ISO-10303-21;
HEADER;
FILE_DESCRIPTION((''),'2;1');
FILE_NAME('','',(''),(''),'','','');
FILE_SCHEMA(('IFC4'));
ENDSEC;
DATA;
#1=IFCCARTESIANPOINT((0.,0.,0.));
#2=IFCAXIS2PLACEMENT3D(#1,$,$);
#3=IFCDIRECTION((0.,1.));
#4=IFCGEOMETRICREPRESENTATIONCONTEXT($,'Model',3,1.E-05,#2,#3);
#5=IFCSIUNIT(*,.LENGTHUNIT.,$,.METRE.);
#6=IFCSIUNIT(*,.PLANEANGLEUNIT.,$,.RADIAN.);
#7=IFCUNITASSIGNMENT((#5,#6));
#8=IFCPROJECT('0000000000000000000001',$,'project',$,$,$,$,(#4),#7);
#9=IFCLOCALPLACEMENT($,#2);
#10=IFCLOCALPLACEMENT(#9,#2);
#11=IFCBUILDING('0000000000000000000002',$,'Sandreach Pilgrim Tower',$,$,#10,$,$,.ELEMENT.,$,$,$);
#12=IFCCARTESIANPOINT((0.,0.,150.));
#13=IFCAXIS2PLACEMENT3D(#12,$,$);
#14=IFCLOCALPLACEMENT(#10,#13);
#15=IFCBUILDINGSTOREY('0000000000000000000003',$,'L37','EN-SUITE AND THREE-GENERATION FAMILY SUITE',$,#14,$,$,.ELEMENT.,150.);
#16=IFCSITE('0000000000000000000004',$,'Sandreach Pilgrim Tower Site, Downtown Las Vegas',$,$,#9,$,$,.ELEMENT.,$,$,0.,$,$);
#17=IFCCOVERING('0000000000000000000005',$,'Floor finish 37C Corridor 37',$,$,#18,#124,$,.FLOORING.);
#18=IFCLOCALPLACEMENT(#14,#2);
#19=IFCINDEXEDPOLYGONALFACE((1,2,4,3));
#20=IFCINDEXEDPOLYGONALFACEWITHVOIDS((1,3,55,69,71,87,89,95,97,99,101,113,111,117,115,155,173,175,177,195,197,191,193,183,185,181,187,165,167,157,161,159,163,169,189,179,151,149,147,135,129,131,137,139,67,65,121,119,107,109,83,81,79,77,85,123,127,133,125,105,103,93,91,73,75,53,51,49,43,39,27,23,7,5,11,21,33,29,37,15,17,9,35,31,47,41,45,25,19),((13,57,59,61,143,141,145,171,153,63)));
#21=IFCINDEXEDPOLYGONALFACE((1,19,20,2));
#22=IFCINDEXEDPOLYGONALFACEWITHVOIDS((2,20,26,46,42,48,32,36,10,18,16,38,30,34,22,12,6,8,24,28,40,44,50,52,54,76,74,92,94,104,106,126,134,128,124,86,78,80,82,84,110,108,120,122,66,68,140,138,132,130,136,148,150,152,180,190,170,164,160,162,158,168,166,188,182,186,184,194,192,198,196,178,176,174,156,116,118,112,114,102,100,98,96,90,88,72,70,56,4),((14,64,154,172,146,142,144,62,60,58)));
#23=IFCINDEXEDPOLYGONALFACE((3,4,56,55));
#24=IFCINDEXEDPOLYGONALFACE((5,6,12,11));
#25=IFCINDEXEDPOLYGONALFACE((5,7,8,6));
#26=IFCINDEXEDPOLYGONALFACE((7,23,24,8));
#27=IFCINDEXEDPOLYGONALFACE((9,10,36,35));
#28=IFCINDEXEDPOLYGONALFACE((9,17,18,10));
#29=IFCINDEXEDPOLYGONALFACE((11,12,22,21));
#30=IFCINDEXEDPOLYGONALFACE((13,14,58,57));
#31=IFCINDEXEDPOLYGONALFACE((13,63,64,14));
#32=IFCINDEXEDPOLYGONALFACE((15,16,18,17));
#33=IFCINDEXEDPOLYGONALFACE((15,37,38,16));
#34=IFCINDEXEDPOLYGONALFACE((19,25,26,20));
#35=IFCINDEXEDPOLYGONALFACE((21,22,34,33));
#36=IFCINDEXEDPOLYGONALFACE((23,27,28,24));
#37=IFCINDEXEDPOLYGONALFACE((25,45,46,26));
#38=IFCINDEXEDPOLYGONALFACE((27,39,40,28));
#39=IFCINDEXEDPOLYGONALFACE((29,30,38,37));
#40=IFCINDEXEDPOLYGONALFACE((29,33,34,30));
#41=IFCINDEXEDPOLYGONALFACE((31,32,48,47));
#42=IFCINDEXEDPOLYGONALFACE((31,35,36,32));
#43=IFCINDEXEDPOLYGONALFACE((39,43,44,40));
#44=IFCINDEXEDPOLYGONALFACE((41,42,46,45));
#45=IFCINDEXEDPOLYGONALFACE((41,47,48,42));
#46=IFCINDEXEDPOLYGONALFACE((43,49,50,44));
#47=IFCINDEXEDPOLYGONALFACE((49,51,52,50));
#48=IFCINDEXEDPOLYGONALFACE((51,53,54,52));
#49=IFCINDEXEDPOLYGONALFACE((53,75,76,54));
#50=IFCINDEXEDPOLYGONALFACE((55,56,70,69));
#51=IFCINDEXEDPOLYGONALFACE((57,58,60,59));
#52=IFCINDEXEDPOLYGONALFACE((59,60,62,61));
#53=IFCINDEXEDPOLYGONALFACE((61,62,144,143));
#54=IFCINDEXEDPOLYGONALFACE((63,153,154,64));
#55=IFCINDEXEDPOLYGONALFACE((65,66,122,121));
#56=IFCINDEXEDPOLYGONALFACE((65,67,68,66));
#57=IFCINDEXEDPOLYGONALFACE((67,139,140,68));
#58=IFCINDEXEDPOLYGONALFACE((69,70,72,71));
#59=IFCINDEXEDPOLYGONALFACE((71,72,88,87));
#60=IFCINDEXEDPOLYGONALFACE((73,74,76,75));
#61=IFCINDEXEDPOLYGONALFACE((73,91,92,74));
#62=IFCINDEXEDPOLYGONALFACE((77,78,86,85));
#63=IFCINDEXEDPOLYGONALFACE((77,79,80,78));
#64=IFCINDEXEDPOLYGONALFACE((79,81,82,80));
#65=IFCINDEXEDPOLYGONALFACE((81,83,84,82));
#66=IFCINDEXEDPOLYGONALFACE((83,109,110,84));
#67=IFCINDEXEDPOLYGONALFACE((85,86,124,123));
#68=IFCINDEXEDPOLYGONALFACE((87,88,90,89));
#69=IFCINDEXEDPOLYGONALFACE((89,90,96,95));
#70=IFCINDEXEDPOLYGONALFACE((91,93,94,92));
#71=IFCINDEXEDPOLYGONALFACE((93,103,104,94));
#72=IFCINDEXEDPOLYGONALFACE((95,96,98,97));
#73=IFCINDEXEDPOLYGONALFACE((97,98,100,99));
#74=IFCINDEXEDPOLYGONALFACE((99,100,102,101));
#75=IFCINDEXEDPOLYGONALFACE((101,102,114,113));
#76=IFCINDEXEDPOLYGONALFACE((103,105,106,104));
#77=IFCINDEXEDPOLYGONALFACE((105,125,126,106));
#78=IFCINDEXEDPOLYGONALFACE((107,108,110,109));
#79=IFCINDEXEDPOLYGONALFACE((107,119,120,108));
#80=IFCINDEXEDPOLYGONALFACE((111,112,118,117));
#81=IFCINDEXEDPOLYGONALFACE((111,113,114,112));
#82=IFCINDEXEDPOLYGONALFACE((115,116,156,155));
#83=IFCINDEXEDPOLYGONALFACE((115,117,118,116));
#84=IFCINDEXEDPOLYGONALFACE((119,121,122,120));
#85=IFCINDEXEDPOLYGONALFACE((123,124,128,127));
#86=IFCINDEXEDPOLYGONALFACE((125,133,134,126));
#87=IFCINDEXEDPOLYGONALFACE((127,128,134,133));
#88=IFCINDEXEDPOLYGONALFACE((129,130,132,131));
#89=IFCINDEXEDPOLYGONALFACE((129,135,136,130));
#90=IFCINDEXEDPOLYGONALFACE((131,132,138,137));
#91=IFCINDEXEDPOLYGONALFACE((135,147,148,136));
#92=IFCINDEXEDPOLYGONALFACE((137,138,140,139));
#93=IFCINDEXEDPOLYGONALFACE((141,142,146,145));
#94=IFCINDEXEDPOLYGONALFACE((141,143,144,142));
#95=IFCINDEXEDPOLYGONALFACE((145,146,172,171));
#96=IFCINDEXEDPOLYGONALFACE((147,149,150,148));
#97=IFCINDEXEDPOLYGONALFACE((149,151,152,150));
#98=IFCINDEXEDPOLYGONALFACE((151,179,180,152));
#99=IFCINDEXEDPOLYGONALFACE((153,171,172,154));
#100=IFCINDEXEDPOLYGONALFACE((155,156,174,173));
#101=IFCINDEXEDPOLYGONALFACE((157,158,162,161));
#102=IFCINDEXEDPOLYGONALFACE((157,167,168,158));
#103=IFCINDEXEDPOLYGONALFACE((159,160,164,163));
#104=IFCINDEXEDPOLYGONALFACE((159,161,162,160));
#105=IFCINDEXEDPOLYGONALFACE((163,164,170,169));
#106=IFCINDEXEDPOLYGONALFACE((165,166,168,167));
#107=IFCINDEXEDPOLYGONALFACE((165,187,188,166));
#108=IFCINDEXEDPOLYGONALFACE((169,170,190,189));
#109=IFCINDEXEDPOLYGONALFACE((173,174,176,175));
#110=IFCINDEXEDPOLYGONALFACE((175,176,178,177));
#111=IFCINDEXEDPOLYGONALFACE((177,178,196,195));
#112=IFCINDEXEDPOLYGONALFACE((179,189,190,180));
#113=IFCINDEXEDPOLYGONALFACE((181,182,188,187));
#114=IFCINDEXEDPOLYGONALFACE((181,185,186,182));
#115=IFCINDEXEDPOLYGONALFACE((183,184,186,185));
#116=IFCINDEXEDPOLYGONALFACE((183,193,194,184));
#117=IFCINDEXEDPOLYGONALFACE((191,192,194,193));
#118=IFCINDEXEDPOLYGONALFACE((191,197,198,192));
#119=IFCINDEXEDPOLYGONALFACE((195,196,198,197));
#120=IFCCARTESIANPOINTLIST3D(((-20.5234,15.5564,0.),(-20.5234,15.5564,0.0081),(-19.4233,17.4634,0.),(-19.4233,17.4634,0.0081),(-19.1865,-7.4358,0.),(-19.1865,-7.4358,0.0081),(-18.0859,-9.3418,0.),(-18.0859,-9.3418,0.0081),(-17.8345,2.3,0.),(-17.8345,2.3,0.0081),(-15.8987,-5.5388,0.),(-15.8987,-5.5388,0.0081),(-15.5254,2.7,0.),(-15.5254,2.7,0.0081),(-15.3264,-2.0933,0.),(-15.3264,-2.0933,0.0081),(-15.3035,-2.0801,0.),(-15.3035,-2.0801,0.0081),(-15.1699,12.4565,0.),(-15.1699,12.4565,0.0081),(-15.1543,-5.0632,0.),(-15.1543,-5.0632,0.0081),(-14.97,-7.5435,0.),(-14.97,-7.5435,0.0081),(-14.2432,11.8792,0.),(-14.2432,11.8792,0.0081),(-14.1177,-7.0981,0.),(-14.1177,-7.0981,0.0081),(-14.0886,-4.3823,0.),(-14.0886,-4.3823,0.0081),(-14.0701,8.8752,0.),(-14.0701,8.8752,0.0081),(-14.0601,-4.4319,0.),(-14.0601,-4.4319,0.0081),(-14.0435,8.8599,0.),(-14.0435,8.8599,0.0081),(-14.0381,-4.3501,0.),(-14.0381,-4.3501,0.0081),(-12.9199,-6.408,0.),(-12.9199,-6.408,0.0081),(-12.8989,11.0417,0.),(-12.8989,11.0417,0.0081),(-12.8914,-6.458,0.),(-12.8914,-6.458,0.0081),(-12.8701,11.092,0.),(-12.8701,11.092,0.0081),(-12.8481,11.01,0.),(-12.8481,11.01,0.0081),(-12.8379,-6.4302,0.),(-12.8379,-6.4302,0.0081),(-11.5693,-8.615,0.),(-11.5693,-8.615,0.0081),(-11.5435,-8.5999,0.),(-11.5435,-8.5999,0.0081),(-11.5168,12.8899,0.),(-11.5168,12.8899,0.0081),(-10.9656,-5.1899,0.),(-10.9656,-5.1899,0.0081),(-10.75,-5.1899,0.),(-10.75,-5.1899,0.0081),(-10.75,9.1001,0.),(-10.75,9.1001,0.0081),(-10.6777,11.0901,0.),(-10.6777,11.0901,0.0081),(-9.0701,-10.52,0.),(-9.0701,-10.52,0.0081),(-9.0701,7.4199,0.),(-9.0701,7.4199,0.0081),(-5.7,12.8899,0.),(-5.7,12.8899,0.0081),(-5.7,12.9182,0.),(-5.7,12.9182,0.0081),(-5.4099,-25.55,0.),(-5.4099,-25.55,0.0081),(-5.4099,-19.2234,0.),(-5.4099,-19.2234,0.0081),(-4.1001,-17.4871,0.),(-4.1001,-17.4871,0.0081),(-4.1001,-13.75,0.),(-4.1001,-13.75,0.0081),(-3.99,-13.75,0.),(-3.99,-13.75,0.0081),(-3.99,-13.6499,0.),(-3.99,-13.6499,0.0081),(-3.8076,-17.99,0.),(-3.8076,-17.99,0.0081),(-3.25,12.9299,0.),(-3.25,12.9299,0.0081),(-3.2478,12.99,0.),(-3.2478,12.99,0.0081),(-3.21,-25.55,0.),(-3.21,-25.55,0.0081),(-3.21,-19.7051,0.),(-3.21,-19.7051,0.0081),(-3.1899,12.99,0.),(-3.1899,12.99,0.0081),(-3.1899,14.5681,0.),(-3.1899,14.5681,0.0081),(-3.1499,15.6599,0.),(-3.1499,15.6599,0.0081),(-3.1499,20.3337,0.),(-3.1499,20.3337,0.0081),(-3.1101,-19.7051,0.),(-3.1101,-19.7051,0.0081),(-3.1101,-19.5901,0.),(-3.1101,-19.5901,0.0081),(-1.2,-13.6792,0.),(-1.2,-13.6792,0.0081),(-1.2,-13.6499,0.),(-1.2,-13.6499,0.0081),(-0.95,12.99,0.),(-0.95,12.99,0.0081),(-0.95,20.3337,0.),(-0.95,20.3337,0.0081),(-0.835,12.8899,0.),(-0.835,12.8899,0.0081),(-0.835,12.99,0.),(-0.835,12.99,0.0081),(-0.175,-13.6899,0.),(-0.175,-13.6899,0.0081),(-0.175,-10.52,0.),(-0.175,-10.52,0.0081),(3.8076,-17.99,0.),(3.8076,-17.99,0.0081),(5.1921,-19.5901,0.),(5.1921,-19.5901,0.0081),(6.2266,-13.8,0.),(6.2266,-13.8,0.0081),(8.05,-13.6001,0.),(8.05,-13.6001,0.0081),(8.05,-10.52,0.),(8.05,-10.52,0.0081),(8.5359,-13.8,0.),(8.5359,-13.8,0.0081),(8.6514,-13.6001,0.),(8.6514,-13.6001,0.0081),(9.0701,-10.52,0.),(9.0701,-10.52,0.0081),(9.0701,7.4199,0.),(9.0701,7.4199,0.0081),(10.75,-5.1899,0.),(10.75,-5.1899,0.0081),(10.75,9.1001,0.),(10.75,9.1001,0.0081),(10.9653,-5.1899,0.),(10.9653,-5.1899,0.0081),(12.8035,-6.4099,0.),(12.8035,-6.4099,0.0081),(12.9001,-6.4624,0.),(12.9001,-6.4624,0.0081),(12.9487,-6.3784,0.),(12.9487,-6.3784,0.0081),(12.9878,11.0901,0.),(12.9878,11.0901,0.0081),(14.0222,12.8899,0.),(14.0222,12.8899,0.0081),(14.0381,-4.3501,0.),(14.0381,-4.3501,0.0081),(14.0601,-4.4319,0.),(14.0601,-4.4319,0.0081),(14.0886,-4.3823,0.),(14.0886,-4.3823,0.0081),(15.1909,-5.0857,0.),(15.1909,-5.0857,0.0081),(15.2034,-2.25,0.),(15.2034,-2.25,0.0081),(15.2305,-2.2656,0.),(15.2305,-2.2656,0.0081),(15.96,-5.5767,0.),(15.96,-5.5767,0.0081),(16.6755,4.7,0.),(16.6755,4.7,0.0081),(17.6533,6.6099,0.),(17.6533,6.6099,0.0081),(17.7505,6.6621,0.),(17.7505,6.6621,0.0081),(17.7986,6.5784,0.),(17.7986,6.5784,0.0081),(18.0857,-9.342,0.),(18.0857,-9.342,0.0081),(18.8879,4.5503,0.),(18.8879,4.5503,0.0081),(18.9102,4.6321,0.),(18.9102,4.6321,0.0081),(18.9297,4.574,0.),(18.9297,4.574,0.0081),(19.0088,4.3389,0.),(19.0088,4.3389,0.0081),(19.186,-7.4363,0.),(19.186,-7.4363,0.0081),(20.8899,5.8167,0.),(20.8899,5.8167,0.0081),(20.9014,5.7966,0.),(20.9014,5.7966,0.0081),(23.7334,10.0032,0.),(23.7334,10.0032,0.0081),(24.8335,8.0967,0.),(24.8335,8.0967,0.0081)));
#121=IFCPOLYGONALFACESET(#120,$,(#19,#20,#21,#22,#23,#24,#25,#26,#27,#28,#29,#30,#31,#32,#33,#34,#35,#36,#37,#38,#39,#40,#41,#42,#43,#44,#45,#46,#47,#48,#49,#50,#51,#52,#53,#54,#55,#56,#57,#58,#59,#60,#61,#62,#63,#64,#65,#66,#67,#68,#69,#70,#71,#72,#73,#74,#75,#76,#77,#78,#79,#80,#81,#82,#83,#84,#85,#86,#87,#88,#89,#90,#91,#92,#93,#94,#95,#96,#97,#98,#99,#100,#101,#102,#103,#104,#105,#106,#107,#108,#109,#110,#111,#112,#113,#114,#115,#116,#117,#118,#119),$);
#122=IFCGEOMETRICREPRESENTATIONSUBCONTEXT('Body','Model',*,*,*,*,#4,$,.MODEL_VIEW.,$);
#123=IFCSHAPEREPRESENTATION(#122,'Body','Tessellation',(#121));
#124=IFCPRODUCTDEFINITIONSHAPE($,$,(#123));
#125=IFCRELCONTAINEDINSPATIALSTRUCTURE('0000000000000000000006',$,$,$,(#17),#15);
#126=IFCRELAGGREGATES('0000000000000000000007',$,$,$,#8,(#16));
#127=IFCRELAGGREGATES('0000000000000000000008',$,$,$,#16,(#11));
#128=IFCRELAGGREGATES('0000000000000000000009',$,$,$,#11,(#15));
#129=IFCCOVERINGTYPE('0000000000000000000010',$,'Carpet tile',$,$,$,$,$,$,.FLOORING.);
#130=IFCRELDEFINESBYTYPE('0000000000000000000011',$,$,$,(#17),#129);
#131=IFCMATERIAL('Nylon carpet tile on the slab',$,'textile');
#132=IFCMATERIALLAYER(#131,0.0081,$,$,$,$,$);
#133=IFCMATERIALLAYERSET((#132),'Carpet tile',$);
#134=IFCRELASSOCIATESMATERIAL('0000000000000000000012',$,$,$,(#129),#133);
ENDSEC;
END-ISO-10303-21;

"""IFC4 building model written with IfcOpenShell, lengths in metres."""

from ifc_helpers import new_model, si_unit, direction, frame, origin, place, context, subcontext, project, spatial, polyline, outline, extrude, material, layer, layer_set, type_object, element, save


model = new_model("IFC4")

# Units and contexts
model_context = context("Model", 3, precision=1e-05, world=origin(), true_north=direction((0.0, 1.0)))
body_context = subcontext(model_context, "Body", "Model", "MODEL_VIEW")
ifc_project = project(units=[si_unit("LENGTHUNIT", "METRE"), si_unit("PLANEANGLEUNIT", "RADIAN")], contexts=[model_context])

# Site, building, storey
site_placement = place(None, origin())
site = spatial("IfcSite", under=ifc_project, at=site_placement, Name="Sandreach Pilgrim Tower Site, Downtown Las Vegas", CompositionType="ELEMENT", RefElevation=0.0)
building_placement = place(site_placement, origin())
building = spatial("IfcBuilding", under=site, at=building_placement, Name="Sandreach Pilgrim Tower", CompositionType="ELEMENT")
storey_placement = place(building_placement, frame((0.0, 0.0, 150.0)))
storey = spatial("IfcBuildingStorey", under=building, at=storey_placement, Name="L37", Description="EN-SUITE AND THREE-GENERATION FAMILY SUITE", CompositionType="ELEMENT", Elevation=150.0)

# Covering
ifc_material_1 = material(Name="Nylon carpet tile on the slab", Category="textile")
ifc_layer_1 = layer(ifc_material_1, 0.0081)
ifc_layer_set_1 = layer_set([ifc_layer_1], Name="Carpet tile")
covering_type_1 = type_object("IfcCoveringType", Name="Carpet tile", PredefinedType="FLOORING", material=ifc_layer_set_1)
covering_1_placement = place(storey_placement, origin())
element("IfcCovering", 1, at=covering_1_placement, inside=storey, type_object=covering_type_1, Name="Floor finish 37C Corridor 37", PredefinedType="FLOORING", context=body_context, shape_type="SweptSolid", body=[
    extrude(outline(polyline([(-18.0859, -9.3418), (-19.1865, -7.4358), (-15.8987, -5.5388), (-15.1543, -5.0632), (-14.0601, -4.4319), (-14.0886, -4.3823), (-14.0381, -4.3501), (-15.3264, -2.0933), (-15.3035, -2.0801), (-17.8345, 2.3), (-14.0435, 8.8599), (-14.0701, 8.8752), (-12.8481, 11.01), (-12.8989, 11.0417), (-12.8701, 11.092), (-14.2432, 11.8792), (-15.1699, 12.4565), (-20.5234, 15.5564), (-19.4233, 17.4634), (-11.5168, 12.8899), (-5.7, 12.8899), (-5.7, 12.9182), (-3.25, 12.9299), (-3.2478, 12.99), (-3.1899, 12.99), (-3.1899, 14.5681), (-3.1499, 15.6599), (-3.1499, 20.3337), (-0.95, 20.3337), (-0.95, 12.99), (-0.835, 12.99), (-0.835, 12.8899), (14.0222, 12.8899), (17.6533, 6.6099), (17.7505, 6.6621), (17.7986, 6.5784), (23.7334, 10.0032), (24.8335, 8.0967), (20.8899, 5.8167), (20.9014, 5.7966), (18.9102, 4.6321), (18.9297, 4.574), (18.8879, 4.5503), (19.0088, 4.3389), (15.2034, -2.25), (15.2305, -2.2656), (14.0381, -4.3501), (14.0886, -4.3823), (14.0601, -4.4319), (15.1909, -5.0857), (15.96, -5.5767), (19.186, -7.4363), (18.0857, -9.342), (12.9487, -6.3784), (12.9001, -6.4624), (12.8035, -6.4099), (8.6514, -13.6001), (8.05, -13.6001), (8.05, -10.52), (9.0701, -10.52), (9.0701, 7.4199), (-9.0701, 7.4199), (-9.0701, -10.52), (-0.175, -10.52), (-0.175, -13.6899), (-1.2, -13.6792), (-1.2, -13.6499), (-3.99, -13.6499), (-3.99, -13.75), (-4.1001, -13.75), (-4.1001, -17.4871), (-3.8076, -17.99), (3.8076, -17.99), (6.2266, -13.8), (8.5359, -13.8), (5.1921, -19.5901), (-3.1101, -19.5901), (-3.1101, -19.7051), (-3.21, -19.7051), (-3.21, -25.55), (-5.4099, -25.55), (-5.4099, -19.2234), (-11.5435, -8.5999), (-11.5693, -8.615), (-12.8379, -6.4302), (-12.8914, -6.458), (-12.9199, -6.408), (-14.1177, -7.0981), (-14.97, -7.5435), (-18.0859, -9.3418)]), holes=[polyline([(-15.5254, 2.7), (-10.9656, -5.1899), (-10.75, -5.1899), (-10.75, 9.1001), (10.75, 9.1001), (10.75, -5.1899), (10.9653, -5.1899), (16.6755, 4.7), (12.9878, 11.0901), (-10.6777, 11.0901), (-15.5254, 2.7)])]), origin(), (0.0, 0.0, 1.0), 0.0081),
])

save(model, "model.ifc")
